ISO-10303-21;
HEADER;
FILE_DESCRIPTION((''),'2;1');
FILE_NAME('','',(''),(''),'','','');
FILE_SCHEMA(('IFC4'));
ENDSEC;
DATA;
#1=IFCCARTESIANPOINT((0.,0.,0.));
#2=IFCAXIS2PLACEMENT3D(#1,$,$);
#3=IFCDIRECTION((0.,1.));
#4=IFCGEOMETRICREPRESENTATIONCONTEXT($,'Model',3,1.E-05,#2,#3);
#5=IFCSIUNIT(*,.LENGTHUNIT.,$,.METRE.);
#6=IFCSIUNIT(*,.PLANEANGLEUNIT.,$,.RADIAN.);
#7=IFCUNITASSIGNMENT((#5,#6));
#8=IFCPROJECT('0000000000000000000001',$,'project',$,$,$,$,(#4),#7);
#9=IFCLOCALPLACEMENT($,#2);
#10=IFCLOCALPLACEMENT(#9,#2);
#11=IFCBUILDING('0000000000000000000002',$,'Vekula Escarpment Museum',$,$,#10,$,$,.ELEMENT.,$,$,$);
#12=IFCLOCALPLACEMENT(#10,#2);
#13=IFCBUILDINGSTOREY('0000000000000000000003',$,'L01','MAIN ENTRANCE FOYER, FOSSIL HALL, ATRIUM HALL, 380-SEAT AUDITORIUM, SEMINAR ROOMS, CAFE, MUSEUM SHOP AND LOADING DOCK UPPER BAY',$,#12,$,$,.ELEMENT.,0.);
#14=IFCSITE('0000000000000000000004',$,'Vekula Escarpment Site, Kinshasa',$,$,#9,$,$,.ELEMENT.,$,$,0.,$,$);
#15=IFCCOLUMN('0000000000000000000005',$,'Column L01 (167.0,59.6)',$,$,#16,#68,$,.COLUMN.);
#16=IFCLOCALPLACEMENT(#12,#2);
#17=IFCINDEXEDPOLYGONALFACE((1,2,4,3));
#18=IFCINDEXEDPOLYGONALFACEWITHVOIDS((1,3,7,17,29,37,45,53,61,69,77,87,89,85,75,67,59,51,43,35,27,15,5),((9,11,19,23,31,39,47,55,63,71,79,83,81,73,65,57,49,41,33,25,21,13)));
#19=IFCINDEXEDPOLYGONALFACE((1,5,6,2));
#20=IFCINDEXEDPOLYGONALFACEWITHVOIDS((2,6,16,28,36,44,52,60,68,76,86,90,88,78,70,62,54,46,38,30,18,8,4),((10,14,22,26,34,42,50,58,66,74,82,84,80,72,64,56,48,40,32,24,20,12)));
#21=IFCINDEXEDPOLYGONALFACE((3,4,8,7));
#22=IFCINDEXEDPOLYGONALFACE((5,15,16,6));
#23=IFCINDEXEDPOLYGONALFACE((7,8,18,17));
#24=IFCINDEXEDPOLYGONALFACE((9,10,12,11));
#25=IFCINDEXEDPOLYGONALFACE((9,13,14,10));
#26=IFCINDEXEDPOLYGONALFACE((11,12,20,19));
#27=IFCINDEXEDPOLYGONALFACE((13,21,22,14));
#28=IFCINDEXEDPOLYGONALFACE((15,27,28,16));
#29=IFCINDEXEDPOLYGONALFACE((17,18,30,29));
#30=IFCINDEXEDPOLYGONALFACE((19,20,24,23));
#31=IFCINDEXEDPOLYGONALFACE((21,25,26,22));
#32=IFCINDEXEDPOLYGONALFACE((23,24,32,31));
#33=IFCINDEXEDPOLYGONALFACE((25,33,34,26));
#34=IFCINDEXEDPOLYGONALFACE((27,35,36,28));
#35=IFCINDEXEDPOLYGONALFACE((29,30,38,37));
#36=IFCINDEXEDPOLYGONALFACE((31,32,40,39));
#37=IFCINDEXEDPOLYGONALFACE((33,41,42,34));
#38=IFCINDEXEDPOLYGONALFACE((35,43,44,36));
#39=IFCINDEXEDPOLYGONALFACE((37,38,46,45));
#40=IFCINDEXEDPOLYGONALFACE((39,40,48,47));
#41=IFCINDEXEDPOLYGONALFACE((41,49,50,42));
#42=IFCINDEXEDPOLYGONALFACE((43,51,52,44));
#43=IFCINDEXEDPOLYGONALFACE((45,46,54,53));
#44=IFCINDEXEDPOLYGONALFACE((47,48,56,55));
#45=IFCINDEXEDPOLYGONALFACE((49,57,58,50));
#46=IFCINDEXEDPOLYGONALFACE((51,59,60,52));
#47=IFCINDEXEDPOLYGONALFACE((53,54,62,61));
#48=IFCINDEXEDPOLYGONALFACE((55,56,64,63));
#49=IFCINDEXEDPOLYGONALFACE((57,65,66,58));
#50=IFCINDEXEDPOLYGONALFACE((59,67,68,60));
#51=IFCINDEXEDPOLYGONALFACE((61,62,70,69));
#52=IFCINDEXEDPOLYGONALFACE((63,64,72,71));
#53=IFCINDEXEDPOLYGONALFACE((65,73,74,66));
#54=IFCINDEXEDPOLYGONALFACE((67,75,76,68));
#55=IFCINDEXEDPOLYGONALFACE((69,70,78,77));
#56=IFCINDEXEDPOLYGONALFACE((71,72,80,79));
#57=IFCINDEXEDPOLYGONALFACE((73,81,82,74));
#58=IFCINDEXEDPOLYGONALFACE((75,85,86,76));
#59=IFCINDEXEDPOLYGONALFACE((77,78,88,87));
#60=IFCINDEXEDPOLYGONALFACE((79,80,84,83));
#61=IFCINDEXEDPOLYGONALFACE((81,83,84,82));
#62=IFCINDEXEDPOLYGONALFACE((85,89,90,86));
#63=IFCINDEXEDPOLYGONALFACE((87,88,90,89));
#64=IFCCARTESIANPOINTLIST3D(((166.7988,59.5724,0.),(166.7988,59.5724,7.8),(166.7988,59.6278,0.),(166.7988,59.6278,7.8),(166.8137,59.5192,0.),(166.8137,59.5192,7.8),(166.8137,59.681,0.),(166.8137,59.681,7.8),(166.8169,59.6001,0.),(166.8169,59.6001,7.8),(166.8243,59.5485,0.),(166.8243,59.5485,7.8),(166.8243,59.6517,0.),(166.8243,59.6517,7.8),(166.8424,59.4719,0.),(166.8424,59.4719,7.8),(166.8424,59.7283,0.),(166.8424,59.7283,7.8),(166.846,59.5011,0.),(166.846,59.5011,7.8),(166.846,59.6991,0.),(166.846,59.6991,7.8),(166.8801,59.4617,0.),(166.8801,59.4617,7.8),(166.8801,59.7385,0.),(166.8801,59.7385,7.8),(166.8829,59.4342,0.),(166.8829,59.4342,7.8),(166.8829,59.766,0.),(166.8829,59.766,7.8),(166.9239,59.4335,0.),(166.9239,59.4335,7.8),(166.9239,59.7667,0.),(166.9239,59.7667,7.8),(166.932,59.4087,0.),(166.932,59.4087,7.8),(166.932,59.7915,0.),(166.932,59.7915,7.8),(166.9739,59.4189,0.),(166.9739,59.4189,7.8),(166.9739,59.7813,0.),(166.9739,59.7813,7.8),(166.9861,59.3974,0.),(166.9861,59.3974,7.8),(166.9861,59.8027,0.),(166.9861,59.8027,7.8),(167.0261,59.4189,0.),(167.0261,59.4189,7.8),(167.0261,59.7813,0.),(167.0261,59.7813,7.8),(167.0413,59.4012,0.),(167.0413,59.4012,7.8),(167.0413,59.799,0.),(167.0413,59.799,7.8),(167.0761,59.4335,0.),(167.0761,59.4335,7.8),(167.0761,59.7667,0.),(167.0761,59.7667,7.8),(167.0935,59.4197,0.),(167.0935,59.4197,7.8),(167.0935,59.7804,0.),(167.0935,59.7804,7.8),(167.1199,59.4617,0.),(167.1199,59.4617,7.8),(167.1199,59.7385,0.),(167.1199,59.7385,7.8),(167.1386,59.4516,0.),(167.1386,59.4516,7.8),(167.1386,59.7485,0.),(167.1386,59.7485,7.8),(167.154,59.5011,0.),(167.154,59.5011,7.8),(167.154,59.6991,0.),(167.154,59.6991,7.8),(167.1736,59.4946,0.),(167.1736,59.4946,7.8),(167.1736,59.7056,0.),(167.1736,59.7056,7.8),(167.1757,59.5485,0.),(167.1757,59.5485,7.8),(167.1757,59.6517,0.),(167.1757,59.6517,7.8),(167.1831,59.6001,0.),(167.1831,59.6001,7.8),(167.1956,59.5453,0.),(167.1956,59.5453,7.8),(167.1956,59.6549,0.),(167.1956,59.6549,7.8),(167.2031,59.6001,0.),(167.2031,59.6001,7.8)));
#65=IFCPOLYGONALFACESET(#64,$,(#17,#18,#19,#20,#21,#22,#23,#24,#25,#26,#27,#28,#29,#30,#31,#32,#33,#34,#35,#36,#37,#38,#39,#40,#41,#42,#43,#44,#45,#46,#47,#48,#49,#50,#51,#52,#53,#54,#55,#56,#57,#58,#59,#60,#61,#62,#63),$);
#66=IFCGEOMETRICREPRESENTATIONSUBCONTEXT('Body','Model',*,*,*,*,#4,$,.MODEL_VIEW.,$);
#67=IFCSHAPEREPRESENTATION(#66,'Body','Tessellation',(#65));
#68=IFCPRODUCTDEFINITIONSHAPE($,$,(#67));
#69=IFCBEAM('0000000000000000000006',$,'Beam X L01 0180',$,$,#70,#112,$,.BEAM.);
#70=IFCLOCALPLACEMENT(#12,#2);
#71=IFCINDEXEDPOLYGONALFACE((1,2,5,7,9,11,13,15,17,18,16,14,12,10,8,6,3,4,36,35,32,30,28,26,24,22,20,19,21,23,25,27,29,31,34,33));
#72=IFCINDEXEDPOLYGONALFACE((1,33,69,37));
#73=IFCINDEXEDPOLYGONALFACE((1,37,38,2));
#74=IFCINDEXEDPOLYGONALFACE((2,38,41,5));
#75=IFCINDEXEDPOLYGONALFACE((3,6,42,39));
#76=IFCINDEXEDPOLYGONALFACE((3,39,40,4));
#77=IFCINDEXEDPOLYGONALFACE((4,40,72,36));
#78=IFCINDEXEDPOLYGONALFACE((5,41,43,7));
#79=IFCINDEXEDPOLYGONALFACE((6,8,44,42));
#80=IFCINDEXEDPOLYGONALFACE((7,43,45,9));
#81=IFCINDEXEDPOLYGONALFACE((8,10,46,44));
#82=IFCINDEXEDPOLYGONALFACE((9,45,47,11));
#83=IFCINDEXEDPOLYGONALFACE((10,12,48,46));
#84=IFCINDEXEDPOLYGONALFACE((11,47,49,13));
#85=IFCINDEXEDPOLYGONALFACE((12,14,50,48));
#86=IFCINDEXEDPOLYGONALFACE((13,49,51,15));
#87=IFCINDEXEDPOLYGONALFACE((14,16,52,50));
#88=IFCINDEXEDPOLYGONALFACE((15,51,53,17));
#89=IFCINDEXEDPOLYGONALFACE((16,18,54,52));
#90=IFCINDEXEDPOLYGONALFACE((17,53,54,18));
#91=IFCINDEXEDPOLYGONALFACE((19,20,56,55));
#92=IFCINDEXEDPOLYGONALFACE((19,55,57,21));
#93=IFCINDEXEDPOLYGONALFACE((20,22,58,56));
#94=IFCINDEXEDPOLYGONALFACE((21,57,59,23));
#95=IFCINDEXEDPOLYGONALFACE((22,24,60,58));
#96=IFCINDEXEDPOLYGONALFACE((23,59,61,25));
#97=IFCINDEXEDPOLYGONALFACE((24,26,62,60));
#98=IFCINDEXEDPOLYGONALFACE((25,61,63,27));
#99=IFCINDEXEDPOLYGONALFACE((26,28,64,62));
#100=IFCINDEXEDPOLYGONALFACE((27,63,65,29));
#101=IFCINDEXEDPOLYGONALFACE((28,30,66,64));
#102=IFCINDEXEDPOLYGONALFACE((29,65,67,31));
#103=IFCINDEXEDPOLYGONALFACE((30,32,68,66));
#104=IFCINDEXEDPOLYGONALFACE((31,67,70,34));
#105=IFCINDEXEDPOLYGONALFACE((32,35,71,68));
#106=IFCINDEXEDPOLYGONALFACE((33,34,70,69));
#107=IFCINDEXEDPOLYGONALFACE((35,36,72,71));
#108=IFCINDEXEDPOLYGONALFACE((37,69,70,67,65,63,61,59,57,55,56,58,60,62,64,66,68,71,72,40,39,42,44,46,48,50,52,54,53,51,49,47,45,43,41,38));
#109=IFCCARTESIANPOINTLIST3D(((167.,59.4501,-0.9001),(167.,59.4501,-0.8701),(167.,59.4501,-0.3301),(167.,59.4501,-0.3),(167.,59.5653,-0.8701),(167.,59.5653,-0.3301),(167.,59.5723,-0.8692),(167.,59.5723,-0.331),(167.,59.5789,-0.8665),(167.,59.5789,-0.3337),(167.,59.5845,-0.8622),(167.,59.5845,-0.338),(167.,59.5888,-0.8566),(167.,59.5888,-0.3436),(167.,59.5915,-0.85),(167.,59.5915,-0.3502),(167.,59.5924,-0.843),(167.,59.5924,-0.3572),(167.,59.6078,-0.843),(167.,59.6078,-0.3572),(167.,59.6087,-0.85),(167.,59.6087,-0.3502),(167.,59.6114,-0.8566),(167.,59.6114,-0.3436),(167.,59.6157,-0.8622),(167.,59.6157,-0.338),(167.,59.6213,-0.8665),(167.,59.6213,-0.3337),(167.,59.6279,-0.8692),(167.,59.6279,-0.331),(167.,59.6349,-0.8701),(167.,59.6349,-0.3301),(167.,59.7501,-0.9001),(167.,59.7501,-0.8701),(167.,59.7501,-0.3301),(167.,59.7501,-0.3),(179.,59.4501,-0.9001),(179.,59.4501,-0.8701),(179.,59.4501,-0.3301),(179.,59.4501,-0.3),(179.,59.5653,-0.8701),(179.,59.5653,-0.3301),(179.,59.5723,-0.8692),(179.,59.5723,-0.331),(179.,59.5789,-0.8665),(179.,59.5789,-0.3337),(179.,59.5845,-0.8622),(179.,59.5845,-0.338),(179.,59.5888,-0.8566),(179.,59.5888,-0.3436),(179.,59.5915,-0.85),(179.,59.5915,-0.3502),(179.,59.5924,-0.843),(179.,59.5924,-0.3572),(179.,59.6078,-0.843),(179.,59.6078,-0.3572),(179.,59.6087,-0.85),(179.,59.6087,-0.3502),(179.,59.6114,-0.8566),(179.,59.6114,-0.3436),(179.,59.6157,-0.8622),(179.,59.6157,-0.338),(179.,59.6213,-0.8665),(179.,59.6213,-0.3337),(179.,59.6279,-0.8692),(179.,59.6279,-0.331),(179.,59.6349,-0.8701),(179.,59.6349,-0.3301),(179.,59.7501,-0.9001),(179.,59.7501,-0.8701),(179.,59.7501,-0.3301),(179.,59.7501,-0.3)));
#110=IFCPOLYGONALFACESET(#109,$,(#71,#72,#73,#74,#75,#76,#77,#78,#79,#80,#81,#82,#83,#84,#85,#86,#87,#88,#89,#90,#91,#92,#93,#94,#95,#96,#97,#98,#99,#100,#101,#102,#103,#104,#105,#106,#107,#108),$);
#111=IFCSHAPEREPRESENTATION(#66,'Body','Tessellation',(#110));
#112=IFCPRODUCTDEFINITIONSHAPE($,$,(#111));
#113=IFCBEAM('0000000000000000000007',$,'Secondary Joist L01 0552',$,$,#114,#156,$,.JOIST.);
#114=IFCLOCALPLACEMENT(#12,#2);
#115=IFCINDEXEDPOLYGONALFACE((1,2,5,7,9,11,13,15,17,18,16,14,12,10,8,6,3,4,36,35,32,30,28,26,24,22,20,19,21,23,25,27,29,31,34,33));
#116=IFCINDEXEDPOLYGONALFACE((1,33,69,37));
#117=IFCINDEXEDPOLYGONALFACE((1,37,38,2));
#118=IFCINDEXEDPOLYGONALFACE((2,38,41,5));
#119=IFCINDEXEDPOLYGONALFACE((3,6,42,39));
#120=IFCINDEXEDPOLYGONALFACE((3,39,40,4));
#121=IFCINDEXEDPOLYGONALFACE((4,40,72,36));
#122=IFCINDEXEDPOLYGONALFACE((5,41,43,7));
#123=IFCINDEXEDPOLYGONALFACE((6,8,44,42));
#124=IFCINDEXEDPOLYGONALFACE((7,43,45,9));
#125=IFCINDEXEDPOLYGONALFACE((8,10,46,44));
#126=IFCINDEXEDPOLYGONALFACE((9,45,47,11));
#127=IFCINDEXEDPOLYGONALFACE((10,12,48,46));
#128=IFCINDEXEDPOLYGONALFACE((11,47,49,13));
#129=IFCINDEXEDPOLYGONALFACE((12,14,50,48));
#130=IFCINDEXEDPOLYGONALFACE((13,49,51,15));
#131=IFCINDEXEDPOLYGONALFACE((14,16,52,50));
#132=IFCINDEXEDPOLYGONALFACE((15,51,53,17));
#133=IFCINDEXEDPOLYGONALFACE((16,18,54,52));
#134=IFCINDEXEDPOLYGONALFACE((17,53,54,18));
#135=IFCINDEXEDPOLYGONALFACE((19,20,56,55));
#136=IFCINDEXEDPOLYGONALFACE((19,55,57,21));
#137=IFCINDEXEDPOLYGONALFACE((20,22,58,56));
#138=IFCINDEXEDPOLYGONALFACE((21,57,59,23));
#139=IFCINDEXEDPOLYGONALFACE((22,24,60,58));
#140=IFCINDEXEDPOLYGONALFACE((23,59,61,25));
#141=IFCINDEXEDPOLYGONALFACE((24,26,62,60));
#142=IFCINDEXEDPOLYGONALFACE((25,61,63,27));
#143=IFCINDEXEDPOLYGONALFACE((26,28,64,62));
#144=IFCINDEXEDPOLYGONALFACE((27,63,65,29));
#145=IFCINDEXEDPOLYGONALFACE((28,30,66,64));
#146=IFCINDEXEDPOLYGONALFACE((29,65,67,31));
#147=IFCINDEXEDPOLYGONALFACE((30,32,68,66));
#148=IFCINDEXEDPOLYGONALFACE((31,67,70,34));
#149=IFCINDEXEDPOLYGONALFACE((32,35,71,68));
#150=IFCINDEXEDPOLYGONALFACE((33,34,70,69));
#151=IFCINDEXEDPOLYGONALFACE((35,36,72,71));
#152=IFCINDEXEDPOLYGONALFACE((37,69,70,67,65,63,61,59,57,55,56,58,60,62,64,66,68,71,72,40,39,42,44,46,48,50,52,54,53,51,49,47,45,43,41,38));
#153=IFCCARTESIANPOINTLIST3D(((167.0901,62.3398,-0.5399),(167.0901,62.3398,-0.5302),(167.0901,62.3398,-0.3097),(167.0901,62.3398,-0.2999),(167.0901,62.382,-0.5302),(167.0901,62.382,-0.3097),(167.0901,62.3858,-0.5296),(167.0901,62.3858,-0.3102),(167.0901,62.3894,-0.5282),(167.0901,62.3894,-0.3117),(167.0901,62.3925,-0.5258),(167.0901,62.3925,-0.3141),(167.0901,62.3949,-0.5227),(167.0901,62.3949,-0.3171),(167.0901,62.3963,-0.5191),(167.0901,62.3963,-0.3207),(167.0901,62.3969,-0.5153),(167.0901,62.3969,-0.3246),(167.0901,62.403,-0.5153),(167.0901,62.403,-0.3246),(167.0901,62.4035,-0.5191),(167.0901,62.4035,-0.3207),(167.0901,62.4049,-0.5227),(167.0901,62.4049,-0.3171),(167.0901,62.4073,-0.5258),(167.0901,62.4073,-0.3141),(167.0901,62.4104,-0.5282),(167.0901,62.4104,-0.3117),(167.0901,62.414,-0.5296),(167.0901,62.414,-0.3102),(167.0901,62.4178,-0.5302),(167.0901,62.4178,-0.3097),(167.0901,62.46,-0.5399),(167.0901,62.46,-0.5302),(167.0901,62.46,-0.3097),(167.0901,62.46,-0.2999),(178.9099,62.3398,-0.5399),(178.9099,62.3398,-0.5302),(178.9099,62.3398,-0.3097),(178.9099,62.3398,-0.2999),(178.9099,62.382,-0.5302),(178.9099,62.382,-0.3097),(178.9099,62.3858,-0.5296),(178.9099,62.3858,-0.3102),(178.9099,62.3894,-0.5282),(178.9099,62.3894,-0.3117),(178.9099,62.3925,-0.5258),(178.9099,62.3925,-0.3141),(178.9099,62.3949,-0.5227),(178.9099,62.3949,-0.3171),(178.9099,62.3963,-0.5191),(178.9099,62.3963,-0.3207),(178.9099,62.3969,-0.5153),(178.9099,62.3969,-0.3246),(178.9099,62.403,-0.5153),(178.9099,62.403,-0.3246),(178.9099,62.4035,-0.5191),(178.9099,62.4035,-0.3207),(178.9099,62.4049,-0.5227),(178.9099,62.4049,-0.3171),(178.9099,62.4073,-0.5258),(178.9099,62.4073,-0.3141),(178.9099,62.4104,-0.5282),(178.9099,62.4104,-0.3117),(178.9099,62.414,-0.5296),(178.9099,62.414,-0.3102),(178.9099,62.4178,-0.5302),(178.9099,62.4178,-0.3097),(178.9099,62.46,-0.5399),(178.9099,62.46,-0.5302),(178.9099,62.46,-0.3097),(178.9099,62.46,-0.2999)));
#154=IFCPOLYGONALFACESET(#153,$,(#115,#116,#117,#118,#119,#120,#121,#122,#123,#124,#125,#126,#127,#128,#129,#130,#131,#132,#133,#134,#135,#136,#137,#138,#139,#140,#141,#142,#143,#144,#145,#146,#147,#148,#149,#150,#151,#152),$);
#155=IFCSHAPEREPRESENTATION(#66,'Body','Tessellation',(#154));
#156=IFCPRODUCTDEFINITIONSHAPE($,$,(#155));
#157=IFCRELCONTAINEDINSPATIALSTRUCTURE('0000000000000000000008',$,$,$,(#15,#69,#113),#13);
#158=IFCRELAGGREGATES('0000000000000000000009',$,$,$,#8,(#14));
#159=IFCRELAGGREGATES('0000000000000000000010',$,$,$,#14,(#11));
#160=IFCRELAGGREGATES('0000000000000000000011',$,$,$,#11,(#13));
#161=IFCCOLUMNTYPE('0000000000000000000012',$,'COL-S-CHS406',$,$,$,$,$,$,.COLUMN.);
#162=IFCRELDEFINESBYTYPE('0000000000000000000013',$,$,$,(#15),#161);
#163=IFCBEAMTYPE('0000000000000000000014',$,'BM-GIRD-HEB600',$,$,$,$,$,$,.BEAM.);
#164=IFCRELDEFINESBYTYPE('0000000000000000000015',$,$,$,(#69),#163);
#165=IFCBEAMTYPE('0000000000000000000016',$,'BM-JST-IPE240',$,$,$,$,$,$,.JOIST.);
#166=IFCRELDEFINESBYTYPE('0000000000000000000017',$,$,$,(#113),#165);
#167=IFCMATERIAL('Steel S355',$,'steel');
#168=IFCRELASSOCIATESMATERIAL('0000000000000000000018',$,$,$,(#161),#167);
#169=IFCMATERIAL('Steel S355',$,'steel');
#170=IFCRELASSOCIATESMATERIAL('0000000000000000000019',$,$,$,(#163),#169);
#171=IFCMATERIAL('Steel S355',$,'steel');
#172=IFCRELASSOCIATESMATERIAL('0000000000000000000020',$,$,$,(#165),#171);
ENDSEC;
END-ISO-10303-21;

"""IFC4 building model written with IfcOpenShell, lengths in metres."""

from ifc_helpers import new_model, si_unit, direction, frame, origin, origin_2d, place, context, subcontext, project, spatial, hollow_circle, i_section, extrude, material, material_profile, profile_set, type_object, element, save


model = new_model("IFC4")

# Units and contexts
model_context = context("Model", 3, precision=1e-05, world=origin(), true_north=direction((0.0, 1.0)))
body_context = subcontext(model_context, "Body", "Model", "MODEL_VIEW")
ifc_project = project(units=[si_unit("LENGTHUNIT", "METRE"), si_unit("PLANEANGLEUNIT", "RADIAN")], contexts=[model_context])

# Site, building, storey
site_placement = place(None, origin())
site = spatial("IfcSite", under=ifc_project, at=site_placement, Name="Vekula Escarpment Site, Kinshasa", CompositionType="ELEMENT", RefElevation=0.0)
building_placement = place(site_placement, origin())
building = spatial("IfcBuilding", under=site, at=building_placement, Name="Vekula Escarpment Museum", CompositionType="ELEMENT")
storey_placement = place(building_placement, origin())
storey = spatial("IfcBuildingStorey", under=building, at=storey_placement, Name="L01", Description="MAIN ENTRANCE FOYER, FOSSIL HALL, ATRIUM HALL, 380-SEAT AUDITORIUM, SEMINAR ROOMS, CAFE, MUSEUM SHOP AND LOADING DOCK UPPER BAY", CompositionType="ELEMENT", Elevation=0.0)

# Column
ifc_material_1 = material(Name="Steel S355", Category="steel")
ifc_material_profile_1 = material_profile(ifc_material_1, hollow_circle(Radius=0.2031, WallThickness=0.02, at=origin_2d()), Name="CHS 406.4x20")
ifc_profile_set_1 = profile_set([ifc_material_profile_1], Name="Steel S355")
column_type = type_object("IfcColumnType", Name="COL-S-CHS406", PredefinedType="COLUMN", material=ifc_profile_set_1)
column_placement = place(storey_placement, frame((167.0, 59.6001, 0.0), z_axis=(0.0, 0.0, 1.0), x_axis=(1.0, 0.0, 0.0)))
element("IfcColumn", 1, at=column_placement, inside=storey, type_object=column_type, Name="Column L01 (167.0,59.6)", PredefinedType="COLUMN", context=body_context, shape_type="SweptSolid", body=[
    extrude(hollow_circle(Radius=0.2031, WallThickness=0.02, at=origin_2d()), origin(), (0.0, 0.0, 1.0), 7.8),
])

# Beams
ifc_material_2 = material(Name="Steel S355", Category="steel")
ifc_material_profile_2 = material_profile(ifc_material_2, i_section(OverallWidth=0.3, OverallDepth=0.6001, WebThickness=0.0154, FlangeThickness=0.03, FilletRadius=0.0271, at=origin_2d()), Name="HEB 600")
ifc_profile_set_2 = profile_set([ifc_material_profile_2], Name="Steel S355")
beam_type_1 = type_object("IfcBeamType", Name="BM-GIRD-HEB600", PredefinedType="BEAM", material=ifc_profile_set_2)
beam_1_placement = place(storey_placement, frame((167.0, 59.6001, -0.6001), z_axis=(1.0, 0.0, 0.0), x_axis=(0.0, 1.0, 0.0)))
element("IfcBeam", 2, at=beam_1_placement, inside=storey, type_object=beam_type_1, Name="Beam X L01 0180", PredefinedType="BEAM", context=body_context, shape_type="SweptSolid", body=[
    extrude(i_section(OverallWidth=0.3, OverallDepth=0.6001, WebThickness=0.0154, FlangeThickness=0.03, FilletRadius=0.0271, at=origin_2d()), origin(), (0.0, 0.0, 1.0), 12.0),
])
ifc_material_3 = material(Name="Steel S355", Category="steel")
ifc_material_profile_3 = material_profile(ifc_material_3, i_section(OverallWidth=0.1201, OverallDepth=0.24, WebThickness=0.0061, FlangeThickness=0.0098, FilletRadius=0.0149, at=origin_2d()), Name="IPE 240")
ifc_profile_set_3 = profile_set([ifc_material_profile_3], Name="Steel S355")
beam_type_2 = type_object("IfcBeamType", Name="BM-JST-IPE240", PredefinedType="JOIST", material=ifc_profile_set_3)
for number, where, z_axis, x_axis, name in (
    (3, (167.0901, 62.3999, -0.4199), (1.0, 0.0, 0.0), (0.0, 1.0, 0.0), "Secondary Joist L01 0552"),
):
    element("IfcBeam", number, at=place(storey_placement, frame(where, z_axis=z_axis, x_axis=x_axis)), inside=storey, type_object=beam_type_2, Name=name, PredefinedType="JOIST", context=body_context, shape_type="SweptSolid", body=[
        extrude(i_section(OverallWidth=0.1201, OverallDepth=0.24, WebThickness=0.0061, FlangeThickness=0.0098, FilletRadius=0.0149, at=origin_2d()), origin(), (0.0, 0.0, 1.0), 11.8198),
    ])

save(model, "model.ifc")
